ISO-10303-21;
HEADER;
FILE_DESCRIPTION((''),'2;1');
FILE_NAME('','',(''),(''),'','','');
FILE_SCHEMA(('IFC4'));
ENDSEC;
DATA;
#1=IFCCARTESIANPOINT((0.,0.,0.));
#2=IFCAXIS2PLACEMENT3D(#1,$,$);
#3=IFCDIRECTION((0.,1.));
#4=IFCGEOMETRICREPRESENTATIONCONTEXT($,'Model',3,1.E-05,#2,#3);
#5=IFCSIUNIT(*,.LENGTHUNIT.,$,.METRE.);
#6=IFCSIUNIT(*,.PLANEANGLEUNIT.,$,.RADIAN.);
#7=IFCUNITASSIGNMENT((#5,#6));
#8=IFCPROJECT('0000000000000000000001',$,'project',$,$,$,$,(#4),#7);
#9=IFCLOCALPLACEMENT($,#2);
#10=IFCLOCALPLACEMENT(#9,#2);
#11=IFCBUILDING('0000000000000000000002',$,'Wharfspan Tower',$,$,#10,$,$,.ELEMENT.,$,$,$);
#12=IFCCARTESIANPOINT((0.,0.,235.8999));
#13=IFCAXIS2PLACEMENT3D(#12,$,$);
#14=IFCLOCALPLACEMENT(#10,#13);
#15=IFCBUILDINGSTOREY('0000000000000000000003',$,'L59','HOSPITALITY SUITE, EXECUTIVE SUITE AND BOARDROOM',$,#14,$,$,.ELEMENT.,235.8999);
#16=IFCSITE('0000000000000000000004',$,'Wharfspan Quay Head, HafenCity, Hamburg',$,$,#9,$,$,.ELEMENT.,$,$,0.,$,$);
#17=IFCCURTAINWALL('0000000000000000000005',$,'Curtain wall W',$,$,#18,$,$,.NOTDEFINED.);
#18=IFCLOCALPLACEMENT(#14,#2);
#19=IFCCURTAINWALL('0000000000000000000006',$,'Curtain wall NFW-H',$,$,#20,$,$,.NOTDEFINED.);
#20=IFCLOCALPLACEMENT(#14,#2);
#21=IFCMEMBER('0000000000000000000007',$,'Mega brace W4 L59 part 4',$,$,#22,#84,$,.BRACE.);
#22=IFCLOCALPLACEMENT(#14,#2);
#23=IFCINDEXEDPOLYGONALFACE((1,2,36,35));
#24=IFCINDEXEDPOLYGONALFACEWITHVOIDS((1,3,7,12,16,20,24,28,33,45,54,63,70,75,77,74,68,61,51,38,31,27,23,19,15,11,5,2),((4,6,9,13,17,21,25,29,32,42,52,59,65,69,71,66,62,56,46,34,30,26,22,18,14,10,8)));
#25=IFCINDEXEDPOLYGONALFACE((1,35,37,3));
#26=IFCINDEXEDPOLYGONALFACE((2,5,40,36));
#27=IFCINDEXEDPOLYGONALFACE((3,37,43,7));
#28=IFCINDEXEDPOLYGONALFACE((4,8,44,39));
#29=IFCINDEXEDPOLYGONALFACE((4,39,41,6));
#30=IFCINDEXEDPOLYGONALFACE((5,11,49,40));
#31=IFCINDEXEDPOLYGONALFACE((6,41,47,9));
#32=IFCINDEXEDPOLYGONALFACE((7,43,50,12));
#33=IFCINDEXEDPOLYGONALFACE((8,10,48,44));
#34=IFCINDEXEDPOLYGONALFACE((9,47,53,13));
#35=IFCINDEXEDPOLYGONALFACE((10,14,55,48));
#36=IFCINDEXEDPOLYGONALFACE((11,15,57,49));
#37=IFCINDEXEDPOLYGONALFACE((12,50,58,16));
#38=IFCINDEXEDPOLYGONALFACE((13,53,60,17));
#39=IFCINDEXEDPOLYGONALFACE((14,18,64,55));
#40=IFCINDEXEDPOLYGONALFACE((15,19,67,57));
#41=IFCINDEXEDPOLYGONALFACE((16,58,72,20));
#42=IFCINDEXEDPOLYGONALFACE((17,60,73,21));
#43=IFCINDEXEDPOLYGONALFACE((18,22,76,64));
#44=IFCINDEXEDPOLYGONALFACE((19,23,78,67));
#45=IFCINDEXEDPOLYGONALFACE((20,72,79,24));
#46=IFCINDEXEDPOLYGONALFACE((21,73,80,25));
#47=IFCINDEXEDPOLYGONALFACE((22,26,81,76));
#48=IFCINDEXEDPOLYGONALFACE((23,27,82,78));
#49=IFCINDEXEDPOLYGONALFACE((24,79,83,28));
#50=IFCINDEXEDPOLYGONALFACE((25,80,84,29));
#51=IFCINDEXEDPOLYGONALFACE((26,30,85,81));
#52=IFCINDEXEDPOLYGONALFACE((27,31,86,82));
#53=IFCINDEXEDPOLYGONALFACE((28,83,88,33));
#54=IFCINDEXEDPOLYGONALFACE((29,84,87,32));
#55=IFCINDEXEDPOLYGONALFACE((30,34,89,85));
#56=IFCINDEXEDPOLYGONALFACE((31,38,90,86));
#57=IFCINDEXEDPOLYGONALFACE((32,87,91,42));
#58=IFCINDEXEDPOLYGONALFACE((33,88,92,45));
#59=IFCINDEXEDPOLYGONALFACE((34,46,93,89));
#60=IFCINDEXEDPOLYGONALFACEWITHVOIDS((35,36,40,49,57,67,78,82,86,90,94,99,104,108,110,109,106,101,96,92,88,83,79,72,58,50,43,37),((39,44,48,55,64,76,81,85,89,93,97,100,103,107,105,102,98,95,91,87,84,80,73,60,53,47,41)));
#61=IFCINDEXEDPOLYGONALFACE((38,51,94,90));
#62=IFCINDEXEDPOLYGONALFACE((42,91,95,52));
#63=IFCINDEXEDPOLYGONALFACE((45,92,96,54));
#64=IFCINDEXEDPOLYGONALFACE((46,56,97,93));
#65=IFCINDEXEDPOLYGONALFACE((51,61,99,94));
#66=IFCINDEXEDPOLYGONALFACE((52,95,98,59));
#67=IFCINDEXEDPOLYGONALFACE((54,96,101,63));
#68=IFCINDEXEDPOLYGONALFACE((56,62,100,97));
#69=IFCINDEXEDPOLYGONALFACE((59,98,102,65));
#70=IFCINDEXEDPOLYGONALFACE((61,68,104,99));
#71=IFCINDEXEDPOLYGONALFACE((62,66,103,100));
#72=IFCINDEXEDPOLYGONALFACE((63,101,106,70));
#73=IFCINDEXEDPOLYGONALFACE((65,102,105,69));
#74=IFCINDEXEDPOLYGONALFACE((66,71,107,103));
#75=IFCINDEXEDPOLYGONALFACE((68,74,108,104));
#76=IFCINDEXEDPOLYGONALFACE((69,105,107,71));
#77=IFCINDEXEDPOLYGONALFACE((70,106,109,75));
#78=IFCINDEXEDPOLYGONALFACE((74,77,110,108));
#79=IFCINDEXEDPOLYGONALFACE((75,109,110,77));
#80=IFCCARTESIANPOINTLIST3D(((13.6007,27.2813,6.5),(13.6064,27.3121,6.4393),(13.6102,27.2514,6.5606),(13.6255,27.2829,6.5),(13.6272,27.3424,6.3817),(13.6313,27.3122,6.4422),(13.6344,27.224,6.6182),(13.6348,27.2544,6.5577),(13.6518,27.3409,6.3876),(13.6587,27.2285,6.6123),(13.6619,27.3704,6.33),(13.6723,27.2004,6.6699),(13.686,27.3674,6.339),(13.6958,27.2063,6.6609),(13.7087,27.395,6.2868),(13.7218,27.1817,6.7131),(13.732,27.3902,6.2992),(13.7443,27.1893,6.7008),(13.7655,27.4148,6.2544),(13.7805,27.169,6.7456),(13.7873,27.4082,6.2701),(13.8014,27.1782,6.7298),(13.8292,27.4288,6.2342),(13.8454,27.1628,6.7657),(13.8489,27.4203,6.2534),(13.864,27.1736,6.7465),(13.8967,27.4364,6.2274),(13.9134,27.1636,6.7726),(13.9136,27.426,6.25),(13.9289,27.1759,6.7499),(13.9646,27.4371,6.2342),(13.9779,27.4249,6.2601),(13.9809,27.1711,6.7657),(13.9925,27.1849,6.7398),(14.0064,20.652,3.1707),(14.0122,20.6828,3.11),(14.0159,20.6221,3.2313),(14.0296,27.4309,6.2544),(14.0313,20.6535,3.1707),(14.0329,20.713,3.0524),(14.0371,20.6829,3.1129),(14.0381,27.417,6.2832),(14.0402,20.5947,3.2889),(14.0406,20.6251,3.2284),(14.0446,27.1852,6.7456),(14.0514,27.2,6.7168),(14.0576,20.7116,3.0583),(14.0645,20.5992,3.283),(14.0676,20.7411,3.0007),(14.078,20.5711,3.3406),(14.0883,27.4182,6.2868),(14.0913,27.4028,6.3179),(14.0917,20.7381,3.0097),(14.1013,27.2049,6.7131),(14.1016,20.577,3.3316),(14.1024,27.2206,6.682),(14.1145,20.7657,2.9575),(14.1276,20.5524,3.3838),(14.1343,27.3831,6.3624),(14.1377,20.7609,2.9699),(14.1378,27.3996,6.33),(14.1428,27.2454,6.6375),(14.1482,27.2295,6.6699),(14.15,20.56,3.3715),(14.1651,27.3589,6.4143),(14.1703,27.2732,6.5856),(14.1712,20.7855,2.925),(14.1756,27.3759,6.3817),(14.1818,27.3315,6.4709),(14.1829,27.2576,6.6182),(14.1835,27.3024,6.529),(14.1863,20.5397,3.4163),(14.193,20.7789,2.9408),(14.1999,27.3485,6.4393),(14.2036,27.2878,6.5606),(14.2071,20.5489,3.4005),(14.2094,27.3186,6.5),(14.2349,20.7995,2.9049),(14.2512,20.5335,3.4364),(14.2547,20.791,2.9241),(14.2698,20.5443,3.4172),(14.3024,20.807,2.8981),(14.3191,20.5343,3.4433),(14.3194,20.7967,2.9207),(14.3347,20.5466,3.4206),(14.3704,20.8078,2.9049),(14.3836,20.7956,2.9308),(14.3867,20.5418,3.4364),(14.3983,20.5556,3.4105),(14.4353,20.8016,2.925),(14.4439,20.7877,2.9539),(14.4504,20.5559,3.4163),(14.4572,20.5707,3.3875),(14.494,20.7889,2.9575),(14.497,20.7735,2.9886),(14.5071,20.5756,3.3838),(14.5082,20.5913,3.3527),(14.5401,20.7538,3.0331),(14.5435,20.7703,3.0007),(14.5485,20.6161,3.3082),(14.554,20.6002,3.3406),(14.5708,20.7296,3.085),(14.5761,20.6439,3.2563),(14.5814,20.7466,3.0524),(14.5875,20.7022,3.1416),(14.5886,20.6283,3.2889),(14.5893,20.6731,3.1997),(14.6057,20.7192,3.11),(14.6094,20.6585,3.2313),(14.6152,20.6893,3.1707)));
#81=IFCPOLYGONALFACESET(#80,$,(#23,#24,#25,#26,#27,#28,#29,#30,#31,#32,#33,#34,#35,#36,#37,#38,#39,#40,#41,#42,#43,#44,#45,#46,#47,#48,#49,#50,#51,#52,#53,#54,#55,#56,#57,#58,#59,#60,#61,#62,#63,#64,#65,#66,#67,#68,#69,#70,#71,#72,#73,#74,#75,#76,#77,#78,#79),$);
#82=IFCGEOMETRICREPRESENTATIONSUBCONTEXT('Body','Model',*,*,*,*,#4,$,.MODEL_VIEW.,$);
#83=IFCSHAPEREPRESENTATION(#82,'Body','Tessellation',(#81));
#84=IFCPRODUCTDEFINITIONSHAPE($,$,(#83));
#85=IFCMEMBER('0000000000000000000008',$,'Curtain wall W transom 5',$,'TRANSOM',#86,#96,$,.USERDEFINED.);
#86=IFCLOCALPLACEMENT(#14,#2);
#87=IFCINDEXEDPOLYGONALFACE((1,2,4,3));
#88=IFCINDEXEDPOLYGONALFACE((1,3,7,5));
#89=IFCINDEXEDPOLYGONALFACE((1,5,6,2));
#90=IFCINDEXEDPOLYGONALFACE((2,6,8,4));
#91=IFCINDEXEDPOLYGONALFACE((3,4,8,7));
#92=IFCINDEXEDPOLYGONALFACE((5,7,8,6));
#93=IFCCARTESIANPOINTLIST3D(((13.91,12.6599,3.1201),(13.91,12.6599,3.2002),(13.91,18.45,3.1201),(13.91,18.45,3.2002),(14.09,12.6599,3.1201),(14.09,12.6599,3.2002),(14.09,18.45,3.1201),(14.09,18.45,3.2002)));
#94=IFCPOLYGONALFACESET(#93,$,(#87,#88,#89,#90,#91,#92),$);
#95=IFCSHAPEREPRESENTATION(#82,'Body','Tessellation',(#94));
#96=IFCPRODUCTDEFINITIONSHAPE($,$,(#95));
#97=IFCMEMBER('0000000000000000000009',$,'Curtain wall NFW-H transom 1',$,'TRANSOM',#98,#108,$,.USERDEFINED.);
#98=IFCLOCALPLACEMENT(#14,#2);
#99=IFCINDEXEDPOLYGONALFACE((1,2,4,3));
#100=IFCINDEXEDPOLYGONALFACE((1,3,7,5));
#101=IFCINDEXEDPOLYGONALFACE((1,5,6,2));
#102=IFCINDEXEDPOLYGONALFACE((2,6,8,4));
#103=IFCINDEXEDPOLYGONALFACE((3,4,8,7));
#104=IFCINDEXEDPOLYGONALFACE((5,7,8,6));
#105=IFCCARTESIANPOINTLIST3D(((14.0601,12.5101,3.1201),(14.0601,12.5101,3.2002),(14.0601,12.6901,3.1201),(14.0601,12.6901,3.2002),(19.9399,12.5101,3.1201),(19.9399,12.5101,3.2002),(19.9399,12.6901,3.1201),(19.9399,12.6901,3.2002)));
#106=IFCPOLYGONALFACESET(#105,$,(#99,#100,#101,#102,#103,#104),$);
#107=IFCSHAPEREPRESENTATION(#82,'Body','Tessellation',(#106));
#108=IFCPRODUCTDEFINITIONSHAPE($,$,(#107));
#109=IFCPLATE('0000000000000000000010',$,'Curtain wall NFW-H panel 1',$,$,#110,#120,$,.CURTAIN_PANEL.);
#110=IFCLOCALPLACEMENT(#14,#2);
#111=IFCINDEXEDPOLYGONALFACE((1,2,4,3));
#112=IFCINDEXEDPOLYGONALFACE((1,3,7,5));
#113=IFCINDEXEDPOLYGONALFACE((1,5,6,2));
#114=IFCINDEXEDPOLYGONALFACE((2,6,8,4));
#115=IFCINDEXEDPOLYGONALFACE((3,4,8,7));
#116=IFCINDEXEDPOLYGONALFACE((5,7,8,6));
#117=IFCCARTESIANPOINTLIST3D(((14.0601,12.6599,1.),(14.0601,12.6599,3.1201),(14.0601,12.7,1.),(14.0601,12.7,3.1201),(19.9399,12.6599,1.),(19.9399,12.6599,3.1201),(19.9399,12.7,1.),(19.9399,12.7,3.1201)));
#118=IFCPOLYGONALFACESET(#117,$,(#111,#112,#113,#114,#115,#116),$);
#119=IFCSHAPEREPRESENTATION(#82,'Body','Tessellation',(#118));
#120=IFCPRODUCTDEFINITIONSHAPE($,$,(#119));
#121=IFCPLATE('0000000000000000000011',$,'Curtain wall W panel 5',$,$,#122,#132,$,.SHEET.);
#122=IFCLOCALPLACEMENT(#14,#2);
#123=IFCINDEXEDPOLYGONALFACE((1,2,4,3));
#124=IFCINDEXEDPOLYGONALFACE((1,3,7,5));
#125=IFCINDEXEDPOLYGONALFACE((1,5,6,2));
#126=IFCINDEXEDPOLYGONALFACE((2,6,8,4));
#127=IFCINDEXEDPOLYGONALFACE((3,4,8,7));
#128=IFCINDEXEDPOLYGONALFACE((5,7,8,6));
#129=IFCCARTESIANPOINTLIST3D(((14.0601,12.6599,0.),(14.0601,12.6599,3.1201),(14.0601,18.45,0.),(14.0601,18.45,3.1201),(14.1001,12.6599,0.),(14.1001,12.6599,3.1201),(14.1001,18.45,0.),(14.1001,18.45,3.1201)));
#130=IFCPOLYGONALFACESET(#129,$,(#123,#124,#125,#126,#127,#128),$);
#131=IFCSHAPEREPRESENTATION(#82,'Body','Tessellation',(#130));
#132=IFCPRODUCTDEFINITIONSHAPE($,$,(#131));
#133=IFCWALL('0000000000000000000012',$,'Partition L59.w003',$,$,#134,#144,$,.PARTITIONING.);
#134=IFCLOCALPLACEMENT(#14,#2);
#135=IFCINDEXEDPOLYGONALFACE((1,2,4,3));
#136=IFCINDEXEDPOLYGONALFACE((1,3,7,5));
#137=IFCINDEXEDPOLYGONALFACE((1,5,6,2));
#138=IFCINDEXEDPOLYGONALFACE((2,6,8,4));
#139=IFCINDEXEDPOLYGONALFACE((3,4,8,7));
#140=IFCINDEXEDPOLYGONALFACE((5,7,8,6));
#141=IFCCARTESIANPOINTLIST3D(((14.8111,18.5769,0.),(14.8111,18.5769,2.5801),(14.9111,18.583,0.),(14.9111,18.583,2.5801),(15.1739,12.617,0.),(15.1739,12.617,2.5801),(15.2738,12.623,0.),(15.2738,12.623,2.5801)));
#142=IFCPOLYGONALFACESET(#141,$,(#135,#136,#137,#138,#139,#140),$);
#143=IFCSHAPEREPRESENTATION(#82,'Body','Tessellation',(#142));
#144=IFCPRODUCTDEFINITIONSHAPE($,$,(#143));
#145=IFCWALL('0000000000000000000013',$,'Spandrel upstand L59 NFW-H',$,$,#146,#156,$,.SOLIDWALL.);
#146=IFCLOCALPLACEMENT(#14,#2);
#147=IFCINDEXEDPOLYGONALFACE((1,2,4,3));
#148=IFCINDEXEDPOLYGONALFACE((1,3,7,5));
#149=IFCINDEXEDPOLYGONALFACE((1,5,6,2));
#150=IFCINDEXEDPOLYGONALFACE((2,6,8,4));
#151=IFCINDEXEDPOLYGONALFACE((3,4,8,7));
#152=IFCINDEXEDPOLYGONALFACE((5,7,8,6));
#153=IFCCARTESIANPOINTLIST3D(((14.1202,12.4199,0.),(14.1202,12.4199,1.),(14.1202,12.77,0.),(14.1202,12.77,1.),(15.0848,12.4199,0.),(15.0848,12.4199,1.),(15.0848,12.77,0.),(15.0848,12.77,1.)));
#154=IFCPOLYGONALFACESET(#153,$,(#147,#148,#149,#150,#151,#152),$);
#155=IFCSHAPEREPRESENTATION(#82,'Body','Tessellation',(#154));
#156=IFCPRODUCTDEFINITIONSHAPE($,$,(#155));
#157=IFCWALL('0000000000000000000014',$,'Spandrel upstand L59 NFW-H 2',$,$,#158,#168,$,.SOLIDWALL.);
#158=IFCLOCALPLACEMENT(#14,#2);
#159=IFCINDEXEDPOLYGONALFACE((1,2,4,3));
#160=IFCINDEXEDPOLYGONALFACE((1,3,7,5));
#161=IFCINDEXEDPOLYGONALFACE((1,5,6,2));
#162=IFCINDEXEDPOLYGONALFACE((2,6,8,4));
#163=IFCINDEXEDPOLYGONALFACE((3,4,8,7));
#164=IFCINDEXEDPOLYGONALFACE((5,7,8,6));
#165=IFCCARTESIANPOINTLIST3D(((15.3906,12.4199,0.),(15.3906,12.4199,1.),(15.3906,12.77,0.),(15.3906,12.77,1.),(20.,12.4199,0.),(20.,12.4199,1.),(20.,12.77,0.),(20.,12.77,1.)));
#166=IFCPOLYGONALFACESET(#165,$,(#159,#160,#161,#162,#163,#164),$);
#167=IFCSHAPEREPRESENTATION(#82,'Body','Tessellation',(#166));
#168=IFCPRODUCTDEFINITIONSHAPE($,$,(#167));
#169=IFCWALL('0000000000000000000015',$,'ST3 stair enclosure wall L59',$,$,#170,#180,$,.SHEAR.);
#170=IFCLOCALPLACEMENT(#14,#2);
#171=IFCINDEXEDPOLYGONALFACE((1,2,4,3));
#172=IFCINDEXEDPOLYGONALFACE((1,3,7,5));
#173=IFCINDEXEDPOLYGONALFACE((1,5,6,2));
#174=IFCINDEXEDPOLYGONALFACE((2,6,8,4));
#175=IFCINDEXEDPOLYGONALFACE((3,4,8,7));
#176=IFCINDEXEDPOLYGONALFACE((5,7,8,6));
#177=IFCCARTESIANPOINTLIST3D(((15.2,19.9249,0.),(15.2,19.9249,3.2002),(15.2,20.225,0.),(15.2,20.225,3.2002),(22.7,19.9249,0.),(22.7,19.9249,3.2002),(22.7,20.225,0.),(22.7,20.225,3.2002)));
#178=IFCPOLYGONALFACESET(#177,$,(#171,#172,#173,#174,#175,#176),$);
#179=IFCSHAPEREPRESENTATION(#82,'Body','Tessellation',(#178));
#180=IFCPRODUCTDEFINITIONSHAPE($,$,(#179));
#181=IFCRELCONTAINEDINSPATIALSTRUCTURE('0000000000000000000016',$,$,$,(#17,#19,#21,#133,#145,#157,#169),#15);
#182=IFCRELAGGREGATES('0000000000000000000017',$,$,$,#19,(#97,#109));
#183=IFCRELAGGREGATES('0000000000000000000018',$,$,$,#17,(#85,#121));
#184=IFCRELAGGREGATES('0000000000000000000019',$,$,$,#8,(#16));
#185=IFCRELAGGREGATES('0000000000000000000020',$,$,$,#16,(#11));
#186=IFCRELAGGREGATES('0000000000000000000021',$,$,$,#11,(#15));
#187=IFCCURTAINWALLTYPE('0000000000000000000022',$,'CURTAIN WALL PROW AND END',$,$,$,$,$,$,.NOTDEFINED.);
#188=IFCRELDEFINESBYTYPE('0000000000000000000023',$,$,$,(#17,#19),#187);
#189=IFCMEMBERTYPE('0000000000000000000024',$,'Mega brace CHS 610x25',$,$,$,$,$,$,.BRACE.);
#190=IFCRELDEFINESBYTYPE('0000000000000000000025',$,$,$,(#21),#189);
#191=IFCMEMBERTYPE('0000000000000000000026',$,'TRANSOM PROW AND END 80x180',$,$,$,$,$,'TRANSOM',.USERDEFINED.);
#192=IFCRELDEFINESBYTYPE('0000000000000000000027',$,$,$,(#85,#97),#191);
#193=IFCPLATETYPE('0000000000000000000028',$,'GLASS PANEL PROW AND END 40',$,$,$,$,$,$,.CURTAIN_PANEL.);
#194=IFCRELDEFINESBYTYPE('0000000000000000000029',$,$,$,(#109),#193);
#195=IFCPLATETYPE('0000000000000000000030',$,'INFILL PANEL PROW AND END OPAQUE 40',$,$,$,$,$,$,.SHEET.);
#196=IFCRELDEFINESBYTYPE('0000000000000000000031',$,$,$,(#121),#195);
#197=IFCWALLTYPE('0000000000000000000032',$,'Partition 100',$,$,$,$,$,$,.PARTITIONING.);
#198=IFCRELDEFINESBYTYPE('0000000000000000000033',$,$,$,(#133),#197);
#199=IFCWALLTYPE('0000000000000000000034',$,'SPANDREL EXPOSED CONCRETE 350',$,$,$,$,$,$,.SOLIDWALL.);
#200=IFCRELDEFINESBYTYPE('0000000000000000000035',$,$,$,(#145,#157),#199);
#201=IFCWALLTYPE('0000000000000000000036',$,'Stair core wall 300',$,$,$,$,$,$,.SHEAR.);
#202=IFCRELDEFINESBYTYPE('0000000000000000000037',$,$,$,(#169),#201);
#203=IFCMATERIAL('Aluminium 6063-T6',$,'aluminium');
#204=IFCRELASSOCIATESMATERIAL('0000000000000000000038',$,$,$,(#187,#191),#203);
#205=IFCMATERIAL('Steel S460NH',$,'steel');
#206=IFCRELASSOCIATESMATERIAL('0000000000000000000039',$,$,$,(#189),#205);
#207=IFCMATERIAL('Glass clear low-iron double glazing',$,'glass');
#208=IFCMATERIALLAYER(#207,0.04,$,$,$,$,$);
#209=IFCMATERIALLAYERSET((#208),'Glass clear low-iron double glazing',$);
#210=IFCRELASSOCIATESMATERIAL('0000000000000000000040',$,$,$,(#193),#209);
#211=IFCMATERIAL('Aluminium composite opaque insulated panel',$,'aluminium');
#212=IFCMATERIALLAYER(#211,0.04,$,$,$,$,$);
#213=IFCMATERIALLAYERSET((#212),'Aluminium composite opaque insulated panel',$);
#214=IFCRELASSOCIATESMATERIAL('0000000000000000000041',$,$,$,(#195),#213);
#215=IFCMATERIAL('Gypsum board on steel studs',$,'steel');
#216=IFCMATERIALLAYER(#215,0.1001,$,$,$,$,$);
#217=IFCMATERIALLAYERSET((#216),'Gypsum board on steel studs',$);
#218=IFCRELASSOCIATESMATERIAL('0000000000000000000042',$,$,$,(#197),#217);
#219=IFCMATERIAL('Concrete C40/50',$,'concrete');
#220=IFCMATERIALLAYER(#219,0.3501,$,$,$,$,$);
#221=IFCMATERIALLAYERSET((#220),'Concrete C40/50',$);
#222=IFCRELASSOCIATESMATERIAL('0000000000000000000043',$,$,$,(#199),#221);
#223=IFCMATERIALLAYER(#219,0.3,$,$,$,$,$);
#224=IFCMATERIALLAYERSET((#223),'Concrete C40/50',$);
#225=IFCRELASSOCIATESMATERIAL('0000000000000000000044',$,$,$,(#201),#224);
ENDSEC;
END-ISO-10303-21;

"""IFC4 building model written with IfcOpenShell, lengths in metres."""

from ifc_helpers import new_model, si_unit, direction, frame, frame_2d, origin, origin_2d, place, context, subcontext, project, spatial, rectangle, hollow_circle, extrude, material, layer, layer_set, material_profile, profile_set, type_object, element, aggregate, save


model = new_model("IFC4")

# Units and contexts
model_context = context("Model", 3, precision=1e-05, world=origin(), true_north=direction((0.0, 1.0)))
body_context = subcontext(model_context, "Body", "Model", "MODEL_VIEW")
ifc_project = project(units=[si_unit("LENGTHUNIT", "METRE"), si_unit("PLANEANGLEUNIT", "RADIAN")], contexts=[model_context])

# Site, building, storey
site_placement = place(None, origin())
site = spatial("IfcSite", under=ifc_project, at=site_placement, Name="Wharfspan Quay Head, HafenCity, Hamburg", CompositionType="ELEMENT", RefElevation=0.0)
building_placement = place(site_placement, origin())
building = spatial("IfcBuilding", under=site, at=building_placement, Name="Wharfspan Tower", CompositionType="ELEMENT")
storey_placement = place(building_placement, frame((0.0, 0.0, 235.8999)))
storey = spatial("IfcBuildingStorey", under=building, at=storey_placement, Name="L59", Description="HOSPITALITY SUITE, EXECUTIVE SUITE AND BOARDROOM", CompositionType="ELEMENT", Elevation=235.8999)

# Curtain walls
ifc_material_1 = material(Name="Aluminium 6063-T6", Category="aluminium")
curtain_wall_type = type_object("IfcCurtainWallType", Name="CURTAIN WALL PROW AND END", PredefinedType="NOTDEFINED", material=ifc_material_1)
curtain_wall_1_placement = place(storey_placement, origin())
curtain_wall_1 = element("IfcCurtainWall", 1, at=curtain_wall_1_placement, inside=storey, type_object=curtain_wall_type, Name="Curtain wall W", PredefinedType="NOTDEFINED")
curtain_wall_2_placement = place(storey_placement, origin())
curtain_wall_2 = element("IfcCurtainWall", 2, at=curtain_wall_2_placement, inside=storey, type_object=curtain_wall_type, Name="Curtain wall NFW-H", PredefinedType="NOTDEFINED")

# Member
ifc_material_2 = material(Name="Steel S460NH", Category="steel")
ifc_material_profile_1 = material_profile(ifc_material_2, hollow_circle(Radius=0.3049, WallThickness=0.0249, at=origin_2d()))
ifc_profile_set_1 = profile_set([ifc_material_profile_1], Name="Steel S460NH")
member_type_1 = type_object("IfcMemberType", Name="Mega brace CHS 610x25", PredefinedType="BRACE", material=ifc_profile_set_1)
for number, where, z_axis, x_axis, name in (
    (3, (14.3108, 20.6707, 3.1707), (-0.054615, 0.892302, 0.448123), (-0.998132, -0.061091, -0.000003), "Mega brace W4 L59 part 4"),
):
    element("IfcMember", number, at=place(storey_placement, frame(where, z_axis=z_axis, x_axis=x_axis)), inside=storey, type_object=member_type_1, Name=name, PredefinedType="BRACE", context=body_context, shape_type="SweptSolid", body=[
        extrude(hollow_circle(Radius=0.3049, WallThickness=0.0249, at=origin_2d()), origin(), (0.0, 0.0, 1.0), 7.4294),
    ])

# Members
ifc_material_profile_2 = material_profile(ifc_material_1, rectangle(XDim=0.1799, YDim=0.0801, at=origin_2d()))
ifc_profile_set_2 = profile_set([ifc_material_profile_2], Name="Aluminium 6063-T6")
member_type_2 = type_object("IfcMemberType", Name="TRANSOM PROW AND END 80x180", ElementType="TRANSOM", PredefinedType="USERDEFINED", material=ifc_profile_set_2)
member_1_placement = place(storey_placement, frame((14.0, 18.45, 3.1602), z_axis=(0.0, -1.0, 0.0), x_axis=(1.0, 0.0, 0.0)))
member_1 = element("IfcMember", 4, at=member_1_placement, type_object=member_type_2, Name="Curtain wall W transom 5", ObjectType="TRANSOM", PredefinedType="USERDEFINED", context=body_context, shape_type="SweptSolid", body=[
    extrude(rectangle(XDim=0.1799, YDim=0.0801, at=origin_2d()), origin(), (0.0, 0.0, 1.0), 5.79),
])
member_2_placement = place(storey_placement, frame((14.0601, 12.6001, 3.1602), z_axis=(1.0, 0.0, 0.0), x_axis=(0.0, 1.0, 0.0)))
member_2 = element("IfcMember", 5, at=member_2_placement, type_object=member_type_2, Name="Curtain wall NFW-H transom 1", ObjectType="TRANSOM", PredefinedType="USERDEFINED", context=body_context, shape_type="SweptSolid", body=[
    extrude(rectangle(XDim=0.1799, YDim=0.0801, at=origin_2d()), origin(), (0.0, 0.0, 1.0), 5.8799),
])

# Plates
ifc_material_3 = material(Name="Glass clear low-iron double glazing", Category="glass")
ifc_layer_1 = layer(ifc_material_3, 0.04)
ifc_layer_set_1 = layer_set([ifc_layer_1], Name="Glass clear low-iron double glazing")
plate_type_1 = type_object("IfcPlateType", Name="GLASS PANEL PROW AND END 40", PredefinedType="CURTAIN_PANEL", material=ifc_layer_set_1)
plate_1_placement = place(storey_placement, frame((17.0, 12.6799, 1.0), z_axis=(0.0, 0.0, 1.0), x_axis=(1.0, 0.0, 0.0)))
plate_1 = element("IfcPlate", 6, at=plate_1_placement, type_object=plate_type_1, Name="Curtain wall NFW-H panel 1", PredefinedType="CURTAIN_PANEL", context=body_context, shape_type="SweptSolid", body=[
    extrude(rectangle(XDim=5.8799, YDim=0.04, at=origin_2d()), origin(), (0.0, 0.0, 1.0), 2.1201),
])
aggregate(curtain_wall_2, [member_2, plate_1])
ifc_material_4 = material(Name="Aluminium composite opaque insulated panel", Category="aluminium")
ifc_layer_2 = layer(ifc_material_4, 0.04)
ifc_layer_set_2 = layer_set([ifc_layer_2], Name="Aluminium composite opaque insulated panel")
plate_type_2 = type_object("IfcPlateType", Name="INFILL PANEL PROW AND END OPAQUE 40", PredefinedType="SHEET", material=ifc_layer_set_2)
plate_2_placement = place(storey_placement, frame((14.0801, 15.5549, 0.0), z_axis=(0.0, 0.0, 1.0), x_axis=(0.0, -1.0, 0.0)))
plate_2 = element("IfcPlate", 7, at=plate_2_placement, type_object=plate_type_2, Name="Curtain wall W panel 5", PredefinedType="SHEET", context=body_context, shape_type="SweptSolid", body=[
    extrude(rectangle(XDim=5.79, YDim=0.04, at=origin_2d()), origin(), (0.0, 0.0, 1.0), 3.1201),
])
aggregate(curtain_wall_1, [member_1, plate_2])

# Walls
ifc_material_5 = material(Name="Gypsum board on steel studs", Category="steel")
ifc_layer_3 = layer(ifc_material_5, 0.1001)
ifc_layer_set_3 = layer_set([ifc_layer_3], Name="Gypsum board on steel studs")
wall_type_1 = type_object("IfcWallType", Name="Partition 100", PredefinedType="PARTITIONING", material=ifc_layer_set_3)
wall_1_placement = place(storey_placement, frame((15.2239, 12.6201, 0.0), z_axis=(0.0, 0.0, 1.0), x_axis=(-0.060759, 0.998149, 0.0)))
element("IfcWall", 8, at=wall_1_placement, inside=storey, type_object=wall_type_1, Name="Partition L59.w003", PredefinedType="PARTITIONING", context=body_context, shape_type="SweptSolid", body=[
    extrude(rectangle(XDim=5.9709, YDim=0.1001, at=frame_2d((2.9854, 0.0))), origin(), (0.0, 0.0, 1.0), 2.5801),
])
ifc_material_6 = material(Name="Concrete C40/50", Category="concrete")
ifc_layer_4 = layer(ifc_material_6, 0.3501)
ifc_layer_set_4 = layer_set([ifc_layer_4], Name="Concrete C40/50")
wall_type_2 = type_object("IfcWallType", Name="SPANDREL EXPOSED CONCRETE 350", PredefinedType="SOLIDWALL", material=ifc_layer_set_4)
wall_2_placement = place(storey_placement, frame((14.1201, 12.595, 0.0), z_axis=(0.0, 0.0, 1.0), x_axis=(1.0, 0.0, 0.0)))
element("IfcWall", 9, at=wall_2_placement, inside=storey, type_object=wall_type_2, Name="Spandrel upstand L59 NFW-H", PredefinedType="SOLIDWALL", context=body_context, shape_type="SweptSolid", body=[
    extrude(rectangle(XDim=0.9646, YDim=0.3501, at=frame_2d((0.4824, 0.0))), origin(), (0.0, 0.0, 1.0), 1.0),
])
wall_3_placement = place(storey_placement, frame((15.3906, 12.595, 0.0), z_axis=(0.0, 0.0, 1.0), x_axis=(1.0, 0.0, 0.0)))
element("IfcWall", 10, at=wall_3_placement, inside=storey, type_object=wall_type_2, Name="Spandrel upstand L59 NFW-H 2", PredefinedType="SOLIDWALL", context=body_context, shape_type="SweptSolid", body=[
    extrude(rectangle(XDim=4.6094, YDim=0.3501, at=frame_2d((2.3047, 0.0))), origin(), (0.0, 0.0, 1.0), 1.0),
])
ifc_layer_5 = layer(ifc_material_6, 0.3)
ifc_layer_set_5 = layer_set([ifc_layer_5], Name="Concrete C40/50")
wall_type_3 = type_object("IfcWallType", Name="Stair core wall 300", PredefinedType="SHEAR", material=ifc_layer_set_5)
wall_4_placement = place(storey_placement, frame((15.2, 20.075, 0.0), z_axis=(0.0, 0.0, 1.0), x_axis=(1.0, 0.0, 0.0)))
element("IfcWall", 11, at=wall_4_placement, inside=storey, type_object=wall_type_3, Name="ST3 stair enclosure wall L59", PredefinedType="SHEAR", context=body_context, shape_type="SweptSolid", body=[
    extrude(rectangle(XDim=7.5, YDim=0.3, at=frame_2d((3.75, 0.0))), origin(), (0.0, 0.0, 1.0), 3.2002),
])

save(model, "model.ifc")
